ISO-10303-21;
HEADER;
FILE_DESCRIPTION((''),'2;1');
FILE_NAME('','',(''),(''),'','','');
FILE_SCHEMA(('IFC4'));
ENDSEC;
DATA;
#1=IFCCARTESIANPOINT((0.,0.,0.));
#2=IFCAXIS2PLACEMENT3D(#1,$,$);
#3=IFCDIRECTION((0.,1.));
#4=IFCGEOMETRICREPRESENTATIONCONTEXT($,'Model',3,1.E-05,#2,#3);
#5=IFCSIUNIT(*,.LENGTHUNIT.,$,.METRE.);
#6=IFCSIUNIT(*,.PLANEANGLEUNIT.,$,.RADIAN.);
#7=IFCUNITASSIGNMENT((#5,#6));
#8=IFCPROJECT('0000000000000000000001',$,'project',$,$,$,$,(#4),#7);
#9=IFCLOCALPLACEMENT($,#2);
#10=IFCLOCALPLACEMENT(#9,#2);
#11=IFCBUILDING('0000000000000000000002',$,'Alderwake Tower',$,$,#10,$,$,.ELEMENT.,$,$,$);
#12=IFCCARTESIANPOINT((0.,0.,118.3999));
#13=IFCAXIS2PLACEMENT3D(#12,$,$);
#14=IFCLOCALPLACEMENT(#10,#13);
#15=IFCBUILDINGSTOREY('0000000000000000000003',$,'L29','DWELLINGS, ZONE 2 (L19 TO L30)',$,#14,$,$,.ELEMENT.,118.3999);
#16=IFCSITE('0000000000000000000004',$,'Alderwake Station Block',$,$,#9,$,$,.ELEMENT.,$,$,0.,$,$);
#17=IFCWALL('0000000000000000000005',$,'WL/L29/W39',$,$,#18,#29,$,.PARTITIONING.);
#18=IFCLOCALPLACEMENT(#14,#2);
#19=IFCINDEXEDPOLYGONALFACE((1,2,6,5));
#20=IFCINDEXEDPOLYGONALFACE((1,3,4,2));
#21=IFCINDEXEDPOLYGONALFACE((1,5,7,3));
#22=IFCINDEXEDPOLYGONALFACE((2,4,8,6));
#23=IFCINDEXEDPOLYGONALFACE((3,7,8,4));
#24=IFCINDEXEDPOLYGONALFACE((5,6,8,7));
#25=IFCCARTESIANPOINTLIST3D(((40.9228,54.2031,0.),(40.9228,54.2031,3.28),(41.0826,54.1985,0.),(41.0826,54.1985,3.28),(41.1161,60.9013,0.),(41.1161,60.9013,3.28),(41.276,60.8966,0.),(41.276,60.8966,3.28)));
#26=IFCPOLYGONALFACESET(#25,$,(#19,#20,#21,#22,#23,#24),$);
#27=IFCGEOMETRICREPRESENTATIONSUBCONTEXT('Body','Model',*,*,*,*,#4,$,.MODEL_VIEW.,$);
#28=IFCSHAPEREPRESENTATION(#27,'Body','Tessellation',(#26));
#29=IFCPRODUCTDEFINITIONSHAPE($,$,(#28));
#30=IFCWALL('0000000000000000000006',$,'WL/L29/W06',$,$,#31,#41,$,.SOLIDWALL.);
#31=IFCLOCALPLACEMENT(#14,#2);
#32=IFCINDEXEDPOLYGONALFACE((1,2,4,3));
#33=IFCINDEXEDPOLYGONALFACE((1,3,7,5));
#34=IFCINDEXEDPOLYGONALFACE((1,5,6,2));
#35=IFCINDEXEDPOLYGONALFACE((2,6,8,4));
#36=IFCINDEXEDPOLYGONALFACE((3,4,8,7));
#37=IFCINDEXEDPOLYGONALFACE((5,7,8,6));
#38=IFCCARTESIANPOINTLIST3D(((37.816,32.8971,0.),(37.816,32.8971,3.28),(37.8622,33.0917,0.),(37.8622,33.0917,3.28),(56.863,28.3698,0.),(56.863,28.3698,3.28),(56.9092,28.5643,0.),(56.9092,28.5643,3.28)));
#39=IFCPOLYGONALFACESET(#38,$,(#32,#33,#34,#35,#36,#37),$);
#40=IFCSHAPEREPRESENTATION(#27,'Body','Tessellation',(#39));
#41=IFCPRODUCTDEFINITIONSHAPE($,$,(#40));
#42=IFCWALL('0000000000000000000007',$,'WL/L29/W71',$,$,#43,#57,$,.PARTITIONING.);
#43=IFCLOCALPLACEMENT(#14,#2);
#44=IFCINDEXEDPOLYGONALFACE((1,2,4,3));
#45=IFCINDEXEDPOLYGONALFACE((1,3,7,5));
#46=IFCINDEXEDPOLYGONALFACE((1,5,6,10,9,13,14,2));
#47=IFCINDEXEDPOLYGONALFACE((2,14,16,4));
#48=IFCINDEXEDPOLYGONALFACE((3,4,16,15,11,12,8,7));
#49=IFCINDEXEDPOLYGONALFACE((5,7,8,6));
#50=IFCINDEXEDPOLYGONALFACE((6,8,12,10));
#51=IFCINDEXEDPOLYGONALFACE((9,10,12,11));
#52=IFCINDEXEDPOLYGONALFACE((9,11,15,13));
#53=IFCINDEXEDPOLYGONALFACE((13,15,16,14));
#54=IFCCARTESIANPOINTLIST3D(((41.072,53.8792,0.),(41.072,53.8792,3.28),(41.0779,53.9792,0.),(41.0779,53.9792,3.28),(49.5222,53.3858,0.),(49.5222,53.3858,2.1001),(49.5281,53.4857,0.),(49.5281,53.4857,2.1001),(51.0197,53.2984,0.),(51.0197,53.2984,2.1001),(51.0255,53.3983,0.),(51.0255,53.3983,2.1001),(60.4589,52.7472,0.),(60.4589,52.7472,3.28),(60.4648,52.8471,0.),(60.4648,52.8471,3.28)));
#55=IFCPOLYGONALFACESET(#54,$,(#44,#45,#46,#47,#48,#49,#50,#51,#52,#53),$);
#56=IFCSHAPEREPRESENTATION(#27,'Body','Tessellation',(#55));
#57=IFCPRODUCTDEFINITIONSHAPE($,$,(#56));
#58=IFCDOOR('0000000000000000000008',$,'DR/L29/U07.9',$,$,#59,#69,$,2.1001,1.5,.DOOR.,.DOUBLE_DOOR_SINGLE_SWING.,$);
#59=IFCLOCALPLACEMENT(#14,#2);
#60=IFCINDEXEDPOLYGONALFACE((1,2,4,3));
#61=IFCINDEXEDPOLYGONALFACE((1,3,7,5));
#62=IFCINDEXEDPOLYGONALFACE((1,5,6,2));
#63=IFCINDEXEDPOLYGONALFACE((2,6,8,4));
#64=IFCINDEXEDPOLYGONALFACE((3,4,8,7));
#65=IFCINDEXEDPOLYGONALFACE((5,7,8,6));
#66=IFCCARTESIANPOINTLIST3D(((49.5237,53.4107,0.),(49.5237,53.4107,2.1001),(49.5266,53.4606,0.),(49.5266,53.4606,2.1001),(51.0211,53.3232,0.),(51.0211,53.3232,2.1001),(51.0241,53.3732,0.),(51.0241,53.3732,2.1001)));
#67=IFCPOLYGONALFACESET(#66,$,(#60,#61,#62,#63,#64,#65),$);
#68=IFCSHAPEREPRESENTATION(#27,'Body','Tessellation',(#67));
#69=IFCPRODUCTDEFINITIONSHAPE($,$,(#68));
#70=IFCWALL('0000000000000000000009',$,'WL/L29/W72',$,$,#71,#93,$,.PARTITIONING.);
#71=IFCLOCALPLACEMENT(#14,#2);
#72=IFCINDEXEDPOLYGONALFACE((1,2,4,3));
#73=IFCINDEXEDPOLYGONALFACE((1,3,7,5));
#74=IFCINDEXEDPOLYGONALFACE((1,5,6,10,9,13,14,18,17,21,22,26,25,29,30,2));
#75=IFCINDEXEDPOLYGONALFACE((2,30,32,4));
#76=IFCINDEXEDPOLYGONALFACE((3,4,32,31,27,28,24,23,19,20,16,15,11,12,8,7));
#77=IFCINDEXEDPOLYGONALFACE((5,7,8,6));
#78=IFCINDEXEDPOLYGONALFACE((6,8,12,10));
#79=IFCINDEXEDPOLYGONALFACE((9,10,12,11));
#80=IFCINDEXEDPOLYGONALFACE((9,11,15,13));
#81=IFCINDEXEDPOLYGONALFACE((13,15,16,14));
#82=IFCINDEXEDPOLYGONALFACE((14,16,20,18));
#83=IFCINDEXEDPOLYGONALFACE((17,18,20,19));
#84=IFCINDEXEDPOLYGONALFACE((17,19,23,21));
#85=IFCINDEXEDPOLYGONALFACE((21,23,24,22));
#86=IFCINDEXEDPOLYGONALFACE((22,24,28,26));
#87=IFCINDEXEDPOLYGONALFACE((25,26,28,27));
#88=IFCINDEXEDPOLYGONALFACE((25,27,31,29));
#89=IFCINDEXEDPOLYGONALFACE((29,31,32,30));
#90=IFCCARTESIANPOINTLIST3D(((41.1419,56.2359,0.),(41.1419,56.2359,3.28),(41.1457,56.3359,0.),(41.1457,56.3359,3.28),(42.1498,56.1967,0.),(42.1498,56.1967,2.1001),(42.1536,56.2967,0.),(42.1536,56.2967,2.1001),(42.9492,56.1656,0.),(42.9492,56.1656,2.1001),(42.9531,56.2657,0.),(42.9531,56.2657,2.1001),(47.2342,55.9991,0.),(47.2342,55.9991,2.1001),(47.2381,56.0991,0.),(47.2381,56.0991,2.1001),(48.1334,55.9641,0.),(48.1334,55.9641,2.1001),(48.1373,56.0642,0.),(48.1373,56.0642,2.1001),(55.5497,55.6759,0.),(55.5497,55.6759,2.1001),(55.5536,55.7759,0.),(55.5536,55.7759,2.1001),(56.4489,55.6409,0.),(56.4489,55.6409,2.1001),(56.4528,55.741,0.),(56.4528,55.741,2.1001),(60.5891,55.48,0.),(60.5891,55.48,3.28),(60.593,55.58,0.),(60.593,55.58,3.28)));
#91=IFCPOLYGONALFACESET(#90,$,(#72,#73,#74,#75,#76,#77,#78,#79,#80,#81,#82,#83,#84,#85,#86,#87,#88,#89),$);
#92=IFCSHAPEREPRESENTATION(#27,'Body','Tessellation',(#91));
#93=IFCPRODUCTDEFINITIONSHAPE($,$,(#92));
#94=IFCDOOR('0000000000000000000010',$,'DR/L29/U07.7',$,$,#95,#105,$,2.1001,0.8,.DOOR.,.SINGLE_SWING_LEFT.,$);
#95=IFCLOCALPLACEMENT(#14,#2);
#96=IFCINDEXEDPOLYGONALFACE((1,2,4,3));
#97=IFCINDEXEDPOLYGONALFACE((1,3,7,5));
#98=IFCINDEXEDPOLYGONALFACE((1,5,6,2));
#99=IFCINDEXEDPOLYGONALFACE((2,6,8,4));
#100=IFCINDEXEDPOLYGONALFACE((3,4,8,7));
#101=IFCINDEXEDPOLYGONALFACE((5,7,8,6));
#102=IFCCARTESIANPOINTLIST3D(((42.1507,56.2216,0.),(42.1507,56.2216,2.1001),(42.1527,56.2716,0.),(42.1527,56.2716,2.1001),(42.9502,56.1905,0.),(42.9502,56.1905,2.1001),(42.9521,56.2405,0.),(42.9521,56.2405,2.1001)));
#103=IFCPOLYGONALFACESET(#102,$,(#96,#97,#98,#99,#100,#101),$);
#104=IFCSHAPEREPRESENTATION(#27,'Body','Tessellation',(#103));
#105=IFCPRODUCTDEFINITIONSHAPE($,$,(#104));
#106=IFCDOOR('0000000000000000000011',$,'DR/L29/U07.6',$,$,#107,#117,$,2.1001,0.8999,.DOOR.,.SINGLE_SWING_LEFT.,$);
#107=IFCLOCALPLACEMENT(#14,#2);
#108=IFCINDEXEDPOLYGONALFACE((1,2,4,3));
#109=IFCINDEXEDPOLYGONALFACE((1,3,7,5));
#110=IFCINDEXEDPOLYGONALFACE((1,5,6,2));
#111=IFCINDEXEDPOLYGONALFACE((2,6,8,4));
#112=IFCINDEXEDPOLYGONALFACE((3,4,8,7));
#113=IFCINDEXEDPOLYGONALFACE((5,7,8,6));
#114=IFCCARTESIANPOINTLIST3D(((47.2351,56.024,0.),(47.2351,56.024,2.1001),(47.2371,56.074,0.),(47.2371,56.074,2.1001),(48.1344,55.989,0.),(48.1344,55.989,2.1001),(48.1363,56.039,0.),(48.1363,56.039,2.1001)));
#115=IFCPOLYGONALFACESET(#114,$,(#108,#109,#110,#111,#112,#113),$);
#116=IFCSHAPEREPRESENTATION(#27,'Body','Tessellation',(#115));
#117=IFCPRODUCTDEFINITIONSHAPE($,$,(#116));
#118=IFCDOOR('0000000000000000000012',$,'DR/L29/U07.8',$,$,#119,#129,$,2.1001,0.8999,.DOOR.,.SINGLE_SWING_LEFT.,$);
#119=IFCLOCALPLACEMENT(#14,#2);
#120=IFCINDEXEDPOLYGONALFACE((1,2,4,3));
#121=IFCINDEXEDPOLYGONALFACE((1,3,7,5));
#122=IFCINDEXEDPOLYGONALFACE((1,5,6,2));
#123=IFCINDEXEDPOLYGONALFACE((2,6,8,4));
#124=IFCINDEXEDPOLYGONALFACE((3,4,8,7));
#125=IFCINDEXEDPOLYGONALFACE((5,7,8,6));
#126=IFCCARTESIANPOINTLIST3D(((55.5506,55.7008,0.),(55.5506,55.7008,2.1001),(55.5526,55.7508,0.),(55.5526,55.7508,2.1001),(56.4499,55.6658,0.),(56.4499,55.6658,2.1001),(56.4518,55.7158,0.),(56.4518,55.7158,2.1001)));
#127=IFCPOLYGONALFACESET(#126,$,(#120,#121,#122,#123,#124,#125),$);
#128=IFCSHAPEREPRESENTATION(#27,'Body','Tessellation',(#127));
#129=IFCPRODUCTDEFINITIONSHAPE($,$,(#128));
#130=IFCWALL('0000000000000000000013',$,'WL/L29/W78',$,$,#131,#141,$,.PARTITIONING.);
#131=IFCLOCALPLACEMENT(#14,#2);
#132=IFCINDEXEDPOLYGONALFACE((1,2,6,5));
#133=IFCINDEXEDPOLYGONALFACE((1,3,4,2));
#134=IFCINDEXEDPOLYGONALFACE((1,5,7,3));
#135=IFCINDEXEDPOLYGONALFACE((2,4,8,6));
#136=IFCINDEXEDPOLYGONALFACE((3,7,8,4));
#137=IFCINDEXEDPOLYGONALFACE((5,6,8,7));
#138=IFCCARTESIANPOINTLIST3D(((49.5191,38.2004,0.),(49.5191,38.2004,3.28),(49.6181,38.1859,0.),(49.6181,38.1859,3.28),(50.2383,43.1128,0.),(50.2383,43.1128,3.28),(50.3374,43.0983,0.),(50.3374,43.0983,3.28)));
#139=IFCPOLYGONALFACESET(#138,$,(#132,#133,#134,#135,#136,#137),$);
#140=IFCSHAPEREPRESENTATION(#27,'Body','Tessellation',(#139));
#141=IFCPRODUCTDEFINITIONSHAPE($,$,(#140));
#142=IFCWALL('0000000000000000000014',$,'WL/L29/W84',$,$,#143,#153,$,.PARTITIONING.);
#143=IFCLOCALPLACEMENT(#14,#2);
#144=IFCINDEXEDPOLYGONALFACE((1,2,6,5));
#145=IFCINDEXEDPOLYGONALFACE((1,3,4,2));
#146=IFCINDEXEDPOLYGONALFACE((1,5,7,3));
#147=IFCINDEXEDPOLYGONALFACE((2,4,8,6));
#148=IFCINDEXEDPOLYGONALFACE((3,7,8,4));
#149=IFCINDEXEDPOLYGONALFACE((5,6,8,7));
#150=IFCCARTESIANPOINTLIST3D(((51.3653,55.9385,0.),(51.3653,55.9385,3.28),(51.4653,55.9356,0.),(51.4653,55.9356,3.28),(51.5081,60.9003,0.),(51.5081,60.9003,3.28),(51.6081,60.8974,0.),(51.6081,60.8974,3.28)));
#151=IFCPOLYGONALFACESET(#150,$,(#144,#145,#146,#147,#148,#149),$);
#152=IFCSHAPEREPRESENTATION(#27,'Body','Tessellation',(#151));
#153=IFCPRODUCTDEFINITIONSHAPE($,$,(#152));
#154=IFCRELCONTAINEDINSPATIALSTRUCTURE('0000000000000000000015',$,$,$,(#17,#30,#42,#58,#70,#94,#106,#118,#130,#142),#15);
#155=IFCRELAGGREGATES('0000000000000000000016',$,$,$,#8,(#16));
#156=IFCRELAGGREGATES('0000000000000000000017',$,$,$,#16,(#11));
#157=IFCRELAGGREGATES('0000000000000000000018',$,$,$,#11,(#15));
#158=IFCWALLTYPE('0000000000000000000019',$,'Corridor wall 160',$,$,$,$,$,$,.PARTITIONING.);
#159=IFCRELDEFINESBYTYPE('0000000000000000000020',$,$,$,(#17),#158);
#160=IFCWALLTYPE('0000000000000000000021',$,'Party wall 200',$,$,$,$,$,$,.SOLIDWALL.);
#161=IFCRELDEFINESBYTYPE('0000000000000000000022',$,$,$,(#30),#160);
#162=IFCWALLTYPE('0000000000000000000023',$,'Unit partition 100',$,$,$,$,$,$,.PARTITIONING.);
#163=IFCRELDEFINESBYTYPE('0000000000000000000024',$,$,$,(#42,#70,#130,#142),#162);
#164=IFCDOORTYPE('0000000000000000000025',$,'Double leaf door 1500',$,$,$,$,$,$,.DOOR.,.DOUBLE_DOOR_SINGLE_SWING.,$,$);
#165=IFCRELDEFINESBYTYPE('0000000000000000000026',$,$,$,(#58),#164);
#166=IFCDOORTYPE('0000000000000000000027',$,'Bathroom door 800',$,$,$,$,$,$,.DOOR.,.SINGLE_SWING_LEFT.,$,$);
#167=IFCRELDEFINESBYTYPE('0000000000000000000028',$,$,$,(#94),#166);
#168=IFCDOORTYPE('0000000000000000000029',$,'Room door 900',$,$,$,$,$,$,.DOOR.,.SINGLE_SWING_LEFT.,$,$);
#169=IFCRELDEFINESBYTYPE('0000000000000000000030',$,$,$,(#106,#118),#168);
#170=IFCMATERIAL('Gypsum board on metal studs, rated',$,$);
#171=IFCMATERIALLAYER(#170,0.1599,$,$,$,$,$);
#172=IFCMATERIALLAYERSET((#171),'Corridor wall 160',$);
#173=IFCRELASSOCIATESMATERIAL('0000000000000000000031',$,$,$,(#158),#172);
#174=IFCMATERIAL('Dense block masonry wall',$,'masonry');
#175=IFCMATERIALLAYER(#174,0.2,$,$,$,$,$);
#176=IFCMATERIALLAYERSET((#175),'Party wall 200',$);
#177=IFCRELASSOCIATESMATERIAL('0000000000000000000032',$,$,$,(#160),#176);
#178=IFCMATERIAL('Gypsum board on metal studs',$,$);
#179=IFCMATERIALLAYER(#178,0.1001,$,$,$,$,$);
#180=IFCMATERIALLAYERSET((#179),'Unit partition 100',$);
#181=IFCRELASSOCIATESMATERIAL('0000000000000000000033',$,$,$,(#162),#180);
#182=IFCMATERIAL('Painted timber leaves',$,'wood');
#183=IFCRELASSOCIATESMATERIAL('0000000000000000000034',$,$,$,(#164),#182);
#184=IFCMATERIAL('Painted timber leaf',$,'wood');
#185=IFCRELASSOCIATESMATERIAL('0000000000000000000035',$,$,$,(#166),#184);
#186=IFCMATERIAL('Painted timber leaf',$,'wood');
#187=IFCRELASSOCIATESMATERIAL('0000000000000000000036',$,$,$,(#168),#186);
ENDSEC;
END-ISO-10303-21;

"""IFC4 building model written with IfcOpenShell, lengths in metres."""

from ifc_helpers import new_model, si_unit, direction, frame, frame_2d, origin, place, context, subcontext, project, spatial, rectangle, extrude, material, layer, layer_set, type_object, element, fill, save


model = new_model("IFC4")

# Units and contexts
model_context = context("Model", 3, precision=1e-05, world=origin(), true_north=direction((0.0, 1.0)))
body_context = subcontext(model_context, "Body", "Model", "MODEL_VIEW")
ifc_project = project(units=[si_unit("LENGTHUNIT", "METRE"), si_unit("PLANEANGLEUNIT", "RADIAN")], contexts=[model_context])

# Site, building, storey
site_placement = place(None, origin())
site = spatial("IfcSite", under=ifc_project, at=site_placement, Name="Alderwake Station Block", CompositionType="ELEMENT", RefElevation=0.0)
building_placement = place(site_placement, origin())
building = spatial("IfcBuilding", under=site, at=building_placement, Name="Alderwake Tower", CompositionType="ELEMENT")
storey_placement = place(building_placement, frame((0.0, 0.0, 118.3999)))
storey = spatial("IfcBuildingStorey", under=building, at=storey_placement, Name="L29", Description="DWELLINGS, ZONE 2 (L19 TO L30)", CompositionType="ELEMENT", Elevation=118.3999)

# Shared definitions
ifc_material_1 = material(Name="Gypsum board on metal studs, rated")
ifc_layer_1 = layer(ifc_material_1, 0.1599)
ifc_layer_set_1 = layer_set([ifc_layer_1], Name="Corridor wall 160")
wall_type_1 = type_object("IfcWallType", Name="Corridor wall 160", PredefinedType="PARTITIONING", material=ifc_layer_set_1)

# Walls
wall_1_placement = place(storey_placement, frame((41.0027, 54.2007, 0.0), z_axis=(0.0, 0.0, 1.0), x_axis=(0.028855, 0.999584, 0.0)))
element("IfcWall", 1, at=wall_1_placement, inside=storey, type_object=wall_type_1, Name="WL/L29/W39", PredefinedType="PARTITIONING", context=body_context, shape_type="SweptSolid", body=[
    extrude(rectangle(XDim=6.7009, YDim=0.1599, at=frame_2d((3.3506, 0.0))), origin(), (0.0, 0.0, 1.0), 3.28),
])
ifc_material_2 = material(Name="Dense block masonry wall", Category="masonry")
ifc_layer_2 = layer(ifc_material_2, 0.2)
ifc_layer_set_2 = layer_set([ifc_layer_2], Name="Party wall 200")
wall_type_2 = type_object("IfcWallType", Name="Party wall 200", PredefinedType="SOLIDWALL", material=ifc_layer_set_2)
wall_2_placement = place(storey_placement, frame((37.8391, 32.9944, 0.0), z_axis=(0.0, 0.0, 1.0), x_axis=(0.972894, -0.231252, 0.0)))
element("IfcWall", 2, at=wall_2_placement, inside=storey, type_object=wall_type_2, Name="WL/L29/W06", PredefinedType="SOLIDWALL", context=body_context, shape_type="SweptSolid", body=[
    extrude(rectangle(XDim=19.5776, YDim=0.2, at=frame_2d((9.7888, 0.0))), origin(), (0.0, 0.0, 1.0), 3.28),
])

# Wall, opening, door
ifc_material_3 = material(Name="Gypsum board on metal studs")
ifc_layer_3 = layer(ifc_material_3, 0.1001)
ifc_layer_set_3 = layer_set([ifc_layer_3], Name="Unit partition 100")
wall_type_3 = type_object("IfcWallType", Name="Unit partition 100", PredefinedType="PARTITIONING", material=ifc_layer_set_3)
wall_3_placement = place(storey_placement, frame((41.075, 53.9292, 0.0), z_axis=(0.0, 0.0, 1.0), x_axis=(0.998299, -0.058295, 0.0)))
wall_3 = element("IfcWall", 3, at=wall_3_placement, inside=storey, type_object=wall_type_3, Name="WL/L29/W71", PredefinedType="PARTITIONING", context=body_context, shape_type="SweptSolid", body=[
    extrude(rectangle(XDim=19.4199, YDim=0.1001, at=frame_2d((9.71, 0.0))), origin(), (0.0, 0.0, 1.0), 3.28),
])
opening_1_placement = place(wall_3_placement, frame((8.4646, 0.0, 0.0)))
opening_1 = element("IfcOpeningElement", 4, at=opening_1_placement, cuts=wall_3, PredefinedType="OPENING", context=body_context, shape_type="SweptSolid", body=[
    extrude(rectangle(XDim=1.5, YDim=2.1001, at=frame_2d((0.75, 1.05))), frame((0.0, 0.0601, 0.0), z_axis=(0.0, -1.0, 0.0), x_axis=(1.0, 0.0, 0.0)), (0.0, 0.0, 1.0), 0.1201),
])
ifc_material_4 = material(Name="Painted timber leaves", Category="wood")
door_type_1 = type_object("IfcDoorType", Name="Double leaf door 1500", OperationType="DOUBLE_DOOR_SINGLE_SWING", PredefinedType="DOOR", material=ifc_material_4)
door_1_placement = place(opening_1_placement, origin())
door_1 = element("IfcDoor", 5, at=door_1_placement, inside=storey, type_object=door_type_1, Name="DR/L29/U07.9", OperationType="DOUBLE_DOOR_SINGLE_SWING", OverallHeight=2.1001, OverallWidth=1.5, PredefinedType="DOOR", context=body_context, shape_type="SweptSolid", body=[
    extrude(rectangle(XDim=1.5, YDim=2.1001, at=frame_2d((0.75, 1.05))), frame((0.0, 0.0249, 0.0), z_axis=(0.0, -1.0, 0.0), x_axis=(1.0, 0.0, 0.0)), (0.0, 0.0, 1.0), 0.05),
])
fill(opening_1, door_1)

# Wall, openings, doors
wall_4_placement = place(storey_placement, frame((41.1438, 56.2859, 0.0), z_axis=(0.0, 0.0, 1.0), x_axis=(0.999246, -0.038838, 0.0)))
wall_4 = element("IfcWall", 6, at=wall_4_placement, inside=storey, type_object=wall_type_3, Name="WL/L29/W72", PredefinedType="PARTITIONING", context=body_context, shape_type="SweptSolid", body=[
    extrude(rectangle(XDim=19.4619, YDim=0.1001, at=frame_2d((9.731, 0.0))), origin(), (0.0, 0.0, 1.0), 3.28),
])
opening_2_placement = place(wall_4_placement, frame((6.0969, 0.0, 0.0)))
opening_2 = element("IfcOpeningElement", 7, at=opening_2_placement, cuts=wall_4, PredefinedType="OPENING", context=body_context, shape_type="SweptSolid", body=[
    extrude(rectangle(XDim=0.8999, YDim=2.1001, at=frame_2d((0.45, 1.05))), frame((0.0, 0.0601, 0.0), z_axis=(0.0, -1.0, 0.0), x_axis=(1.0, 0.0, 0.0)), (0.0, 0.0, 1.0), 0.1201),
])
opening_3_placement = place(wall_4_placement, frame((1.0088, 0.0, 0.0)))
opening_3 = element("IfcOpeningElement", 8, at=opening_3_placement, cuts=wall_4, PredefinedType="OPENING", context=body_context, shape_type="SweptSolid", body=[
    extrude(rectangle(XDim=0.8, YDim=2.1001, at=frame_2d((0.3999, 1.05))), frame((0.0, 0.0601, 0.0), z_axis=(0.0, -1.0, 0.0), x_axis=(1.0, 0.0, 0.0)), (0.0, 0.0, 1.0), 0.1201),
])
opening_4_placement = place(wall_4_placement, frame((14.4187, 0.0, 0.0)))
opening_4 = element("IfcOpeningElement", 9, at=opening_4_placement, cuts=wall_4, PredefinedType="OPENING", context=body_context, shape_type="SweptSolid", body=[
    extrude(rectangle(XDim=0.8999, YDim=2.1001, at=frame_2d((0.45, 1.05))), frame((0.0, 0.0601, 0.0), z_axis=(0.0, -1.0, 0.0), x_axis=(1.0, 0.0, 0.0)), (0.0, 0.0, 1.0), 0.1201),
])
ifc_material_5 = material(Name="Painted timber leaf", Category="wood")
door_type_2 = type_object("IfcDoorType", Name="Bathroom door 800", OperationType="SINGLE_SWING_LEFT", PredefinedType="DOOR", material=ifc_material_5)
door_2_placement = place(opening_3_placement, origin())
door_2 = element("IfcDoor", 10, at=door_2_placement, inside=storey, type_object=door_type_2, Name="DR/L29/U07.7", OperationType="SINGLE_SWING_LEFT", OverallHeight=2.1001, OverallWidth=0.8, PredefinedType="DOOR", context=body_context, shape_type="SweptSolid", body=[
    extrude(rectangle(XDim=0.8, YDim=2.1001, at=frame_2d((0.3999, 1.05))), frame((0.0, 0.0249, 0.0), z_axis=(0.0, -1.0, 0.0), x_axis=(1.0, 0.0, 0.0)), (0.0, 0.0, 1.0), 0.05),
])
fill(opening_3, door_2)
ifc_material_6 = material(Name="Painted timber leaf", Category="wood")
door_type_3 = type_object("IfcDoorType", Name="Room door 900", OperationType="SINGLE_SWING_LEFT", PredefinedType="DOOR", material=ifc_material_6)
door_3_placement = place(opening_2_placement, origin())
door_3 = element("IfcDoor", 11, at=door_3_placement, inside=storey, type_object=door_type_3, Name="DR/L29/U07.6", OperationType="SINGLE_SWING_LEFT", OverallHeight=2.1001, OverallWidth=0.8999, PredefinedType="DOOR", context=body_context, shape_type="SweptSolid", body=[
    extrude(rectangle(XDim=0.8999, YDim=2.1001, at=frame_2d((0.45, 1.05))), frame((0.0, 0.0249, 0.0), z_axis=(0.0, -1.0, 0.0), x_axis=(1.0, 0.0, 0.0)), (0.0, 0.0, 1.0), 0.05),
])
fill(opening_2, door_3)
door_4_placement = place(opening_4_placement, origin())
door_4 = element("IfcDoor", 12, at=door_4_placement, inside=storey, type_object=door_type_3, Name="DR/L29/U07.8", OperationType="SINGLE_SWING_LEFT", OverallHeight=2.1001, OverallWidth=0.8999, PredefinedType="DOOR", context=body_context, shape_type="SweptSolid", body=[
    extrude(rectangle(XDim=0.8999, YDim=2.1001, at=frame_2d((0.45, 1.05))), frame((0.0, 0.0249, 0.0), z_axis=(0.0, -1.0, 0.0), x_axis=(1.0, 0.0, 0.0)), (0.0, 0.0, 1.0), 0.05),
])
fill(opening_4, door_4)

# Walls
wall_5_placement = place(storey_placement, frame((49.5686, 38.1931, 0.0), z_axis=(0.0, 0.0, 1.0), x_axis=(0.14487, 0.989451, 0.0)))
element("IfcWall", 13, at=wall_5_placement, inside=storey, type_object=wall_type_3, Name="WL/L29/W78", PredefinedType="PARTITIONING", context=body_context, shape_type="SweptSolid", body=[
    extrude(rectangle(XDim=4.9648, YDim=0.1001, at=frame_2d((2.4824, 0.0))), origin(), (0.0, 0.0, 1.0), 3.28),
])
wall_6_placement = place(storey_placement, frame((51.4153, 55.937, 0.0), z_axis=(0.0, 0.0, 1.0), x_axis=(0.028772, 0.999586, 0.0)))
element("IfcWall", 14, at=wall_6_placement, inside=storey, type_object=wall_type_3, Name="WL/L29/W84", PredefinedType="PARTITIONING", context=body_context, shape_type="SweptSolid", body=[
    extrude(rectangle(XDim=4.9639, YDim=0.1001, at=frame_2d((2.4819, 0.0))), origin(), (0.0, 0.0, 1.0), 3.28),
])

save(model, "model.ifc")
